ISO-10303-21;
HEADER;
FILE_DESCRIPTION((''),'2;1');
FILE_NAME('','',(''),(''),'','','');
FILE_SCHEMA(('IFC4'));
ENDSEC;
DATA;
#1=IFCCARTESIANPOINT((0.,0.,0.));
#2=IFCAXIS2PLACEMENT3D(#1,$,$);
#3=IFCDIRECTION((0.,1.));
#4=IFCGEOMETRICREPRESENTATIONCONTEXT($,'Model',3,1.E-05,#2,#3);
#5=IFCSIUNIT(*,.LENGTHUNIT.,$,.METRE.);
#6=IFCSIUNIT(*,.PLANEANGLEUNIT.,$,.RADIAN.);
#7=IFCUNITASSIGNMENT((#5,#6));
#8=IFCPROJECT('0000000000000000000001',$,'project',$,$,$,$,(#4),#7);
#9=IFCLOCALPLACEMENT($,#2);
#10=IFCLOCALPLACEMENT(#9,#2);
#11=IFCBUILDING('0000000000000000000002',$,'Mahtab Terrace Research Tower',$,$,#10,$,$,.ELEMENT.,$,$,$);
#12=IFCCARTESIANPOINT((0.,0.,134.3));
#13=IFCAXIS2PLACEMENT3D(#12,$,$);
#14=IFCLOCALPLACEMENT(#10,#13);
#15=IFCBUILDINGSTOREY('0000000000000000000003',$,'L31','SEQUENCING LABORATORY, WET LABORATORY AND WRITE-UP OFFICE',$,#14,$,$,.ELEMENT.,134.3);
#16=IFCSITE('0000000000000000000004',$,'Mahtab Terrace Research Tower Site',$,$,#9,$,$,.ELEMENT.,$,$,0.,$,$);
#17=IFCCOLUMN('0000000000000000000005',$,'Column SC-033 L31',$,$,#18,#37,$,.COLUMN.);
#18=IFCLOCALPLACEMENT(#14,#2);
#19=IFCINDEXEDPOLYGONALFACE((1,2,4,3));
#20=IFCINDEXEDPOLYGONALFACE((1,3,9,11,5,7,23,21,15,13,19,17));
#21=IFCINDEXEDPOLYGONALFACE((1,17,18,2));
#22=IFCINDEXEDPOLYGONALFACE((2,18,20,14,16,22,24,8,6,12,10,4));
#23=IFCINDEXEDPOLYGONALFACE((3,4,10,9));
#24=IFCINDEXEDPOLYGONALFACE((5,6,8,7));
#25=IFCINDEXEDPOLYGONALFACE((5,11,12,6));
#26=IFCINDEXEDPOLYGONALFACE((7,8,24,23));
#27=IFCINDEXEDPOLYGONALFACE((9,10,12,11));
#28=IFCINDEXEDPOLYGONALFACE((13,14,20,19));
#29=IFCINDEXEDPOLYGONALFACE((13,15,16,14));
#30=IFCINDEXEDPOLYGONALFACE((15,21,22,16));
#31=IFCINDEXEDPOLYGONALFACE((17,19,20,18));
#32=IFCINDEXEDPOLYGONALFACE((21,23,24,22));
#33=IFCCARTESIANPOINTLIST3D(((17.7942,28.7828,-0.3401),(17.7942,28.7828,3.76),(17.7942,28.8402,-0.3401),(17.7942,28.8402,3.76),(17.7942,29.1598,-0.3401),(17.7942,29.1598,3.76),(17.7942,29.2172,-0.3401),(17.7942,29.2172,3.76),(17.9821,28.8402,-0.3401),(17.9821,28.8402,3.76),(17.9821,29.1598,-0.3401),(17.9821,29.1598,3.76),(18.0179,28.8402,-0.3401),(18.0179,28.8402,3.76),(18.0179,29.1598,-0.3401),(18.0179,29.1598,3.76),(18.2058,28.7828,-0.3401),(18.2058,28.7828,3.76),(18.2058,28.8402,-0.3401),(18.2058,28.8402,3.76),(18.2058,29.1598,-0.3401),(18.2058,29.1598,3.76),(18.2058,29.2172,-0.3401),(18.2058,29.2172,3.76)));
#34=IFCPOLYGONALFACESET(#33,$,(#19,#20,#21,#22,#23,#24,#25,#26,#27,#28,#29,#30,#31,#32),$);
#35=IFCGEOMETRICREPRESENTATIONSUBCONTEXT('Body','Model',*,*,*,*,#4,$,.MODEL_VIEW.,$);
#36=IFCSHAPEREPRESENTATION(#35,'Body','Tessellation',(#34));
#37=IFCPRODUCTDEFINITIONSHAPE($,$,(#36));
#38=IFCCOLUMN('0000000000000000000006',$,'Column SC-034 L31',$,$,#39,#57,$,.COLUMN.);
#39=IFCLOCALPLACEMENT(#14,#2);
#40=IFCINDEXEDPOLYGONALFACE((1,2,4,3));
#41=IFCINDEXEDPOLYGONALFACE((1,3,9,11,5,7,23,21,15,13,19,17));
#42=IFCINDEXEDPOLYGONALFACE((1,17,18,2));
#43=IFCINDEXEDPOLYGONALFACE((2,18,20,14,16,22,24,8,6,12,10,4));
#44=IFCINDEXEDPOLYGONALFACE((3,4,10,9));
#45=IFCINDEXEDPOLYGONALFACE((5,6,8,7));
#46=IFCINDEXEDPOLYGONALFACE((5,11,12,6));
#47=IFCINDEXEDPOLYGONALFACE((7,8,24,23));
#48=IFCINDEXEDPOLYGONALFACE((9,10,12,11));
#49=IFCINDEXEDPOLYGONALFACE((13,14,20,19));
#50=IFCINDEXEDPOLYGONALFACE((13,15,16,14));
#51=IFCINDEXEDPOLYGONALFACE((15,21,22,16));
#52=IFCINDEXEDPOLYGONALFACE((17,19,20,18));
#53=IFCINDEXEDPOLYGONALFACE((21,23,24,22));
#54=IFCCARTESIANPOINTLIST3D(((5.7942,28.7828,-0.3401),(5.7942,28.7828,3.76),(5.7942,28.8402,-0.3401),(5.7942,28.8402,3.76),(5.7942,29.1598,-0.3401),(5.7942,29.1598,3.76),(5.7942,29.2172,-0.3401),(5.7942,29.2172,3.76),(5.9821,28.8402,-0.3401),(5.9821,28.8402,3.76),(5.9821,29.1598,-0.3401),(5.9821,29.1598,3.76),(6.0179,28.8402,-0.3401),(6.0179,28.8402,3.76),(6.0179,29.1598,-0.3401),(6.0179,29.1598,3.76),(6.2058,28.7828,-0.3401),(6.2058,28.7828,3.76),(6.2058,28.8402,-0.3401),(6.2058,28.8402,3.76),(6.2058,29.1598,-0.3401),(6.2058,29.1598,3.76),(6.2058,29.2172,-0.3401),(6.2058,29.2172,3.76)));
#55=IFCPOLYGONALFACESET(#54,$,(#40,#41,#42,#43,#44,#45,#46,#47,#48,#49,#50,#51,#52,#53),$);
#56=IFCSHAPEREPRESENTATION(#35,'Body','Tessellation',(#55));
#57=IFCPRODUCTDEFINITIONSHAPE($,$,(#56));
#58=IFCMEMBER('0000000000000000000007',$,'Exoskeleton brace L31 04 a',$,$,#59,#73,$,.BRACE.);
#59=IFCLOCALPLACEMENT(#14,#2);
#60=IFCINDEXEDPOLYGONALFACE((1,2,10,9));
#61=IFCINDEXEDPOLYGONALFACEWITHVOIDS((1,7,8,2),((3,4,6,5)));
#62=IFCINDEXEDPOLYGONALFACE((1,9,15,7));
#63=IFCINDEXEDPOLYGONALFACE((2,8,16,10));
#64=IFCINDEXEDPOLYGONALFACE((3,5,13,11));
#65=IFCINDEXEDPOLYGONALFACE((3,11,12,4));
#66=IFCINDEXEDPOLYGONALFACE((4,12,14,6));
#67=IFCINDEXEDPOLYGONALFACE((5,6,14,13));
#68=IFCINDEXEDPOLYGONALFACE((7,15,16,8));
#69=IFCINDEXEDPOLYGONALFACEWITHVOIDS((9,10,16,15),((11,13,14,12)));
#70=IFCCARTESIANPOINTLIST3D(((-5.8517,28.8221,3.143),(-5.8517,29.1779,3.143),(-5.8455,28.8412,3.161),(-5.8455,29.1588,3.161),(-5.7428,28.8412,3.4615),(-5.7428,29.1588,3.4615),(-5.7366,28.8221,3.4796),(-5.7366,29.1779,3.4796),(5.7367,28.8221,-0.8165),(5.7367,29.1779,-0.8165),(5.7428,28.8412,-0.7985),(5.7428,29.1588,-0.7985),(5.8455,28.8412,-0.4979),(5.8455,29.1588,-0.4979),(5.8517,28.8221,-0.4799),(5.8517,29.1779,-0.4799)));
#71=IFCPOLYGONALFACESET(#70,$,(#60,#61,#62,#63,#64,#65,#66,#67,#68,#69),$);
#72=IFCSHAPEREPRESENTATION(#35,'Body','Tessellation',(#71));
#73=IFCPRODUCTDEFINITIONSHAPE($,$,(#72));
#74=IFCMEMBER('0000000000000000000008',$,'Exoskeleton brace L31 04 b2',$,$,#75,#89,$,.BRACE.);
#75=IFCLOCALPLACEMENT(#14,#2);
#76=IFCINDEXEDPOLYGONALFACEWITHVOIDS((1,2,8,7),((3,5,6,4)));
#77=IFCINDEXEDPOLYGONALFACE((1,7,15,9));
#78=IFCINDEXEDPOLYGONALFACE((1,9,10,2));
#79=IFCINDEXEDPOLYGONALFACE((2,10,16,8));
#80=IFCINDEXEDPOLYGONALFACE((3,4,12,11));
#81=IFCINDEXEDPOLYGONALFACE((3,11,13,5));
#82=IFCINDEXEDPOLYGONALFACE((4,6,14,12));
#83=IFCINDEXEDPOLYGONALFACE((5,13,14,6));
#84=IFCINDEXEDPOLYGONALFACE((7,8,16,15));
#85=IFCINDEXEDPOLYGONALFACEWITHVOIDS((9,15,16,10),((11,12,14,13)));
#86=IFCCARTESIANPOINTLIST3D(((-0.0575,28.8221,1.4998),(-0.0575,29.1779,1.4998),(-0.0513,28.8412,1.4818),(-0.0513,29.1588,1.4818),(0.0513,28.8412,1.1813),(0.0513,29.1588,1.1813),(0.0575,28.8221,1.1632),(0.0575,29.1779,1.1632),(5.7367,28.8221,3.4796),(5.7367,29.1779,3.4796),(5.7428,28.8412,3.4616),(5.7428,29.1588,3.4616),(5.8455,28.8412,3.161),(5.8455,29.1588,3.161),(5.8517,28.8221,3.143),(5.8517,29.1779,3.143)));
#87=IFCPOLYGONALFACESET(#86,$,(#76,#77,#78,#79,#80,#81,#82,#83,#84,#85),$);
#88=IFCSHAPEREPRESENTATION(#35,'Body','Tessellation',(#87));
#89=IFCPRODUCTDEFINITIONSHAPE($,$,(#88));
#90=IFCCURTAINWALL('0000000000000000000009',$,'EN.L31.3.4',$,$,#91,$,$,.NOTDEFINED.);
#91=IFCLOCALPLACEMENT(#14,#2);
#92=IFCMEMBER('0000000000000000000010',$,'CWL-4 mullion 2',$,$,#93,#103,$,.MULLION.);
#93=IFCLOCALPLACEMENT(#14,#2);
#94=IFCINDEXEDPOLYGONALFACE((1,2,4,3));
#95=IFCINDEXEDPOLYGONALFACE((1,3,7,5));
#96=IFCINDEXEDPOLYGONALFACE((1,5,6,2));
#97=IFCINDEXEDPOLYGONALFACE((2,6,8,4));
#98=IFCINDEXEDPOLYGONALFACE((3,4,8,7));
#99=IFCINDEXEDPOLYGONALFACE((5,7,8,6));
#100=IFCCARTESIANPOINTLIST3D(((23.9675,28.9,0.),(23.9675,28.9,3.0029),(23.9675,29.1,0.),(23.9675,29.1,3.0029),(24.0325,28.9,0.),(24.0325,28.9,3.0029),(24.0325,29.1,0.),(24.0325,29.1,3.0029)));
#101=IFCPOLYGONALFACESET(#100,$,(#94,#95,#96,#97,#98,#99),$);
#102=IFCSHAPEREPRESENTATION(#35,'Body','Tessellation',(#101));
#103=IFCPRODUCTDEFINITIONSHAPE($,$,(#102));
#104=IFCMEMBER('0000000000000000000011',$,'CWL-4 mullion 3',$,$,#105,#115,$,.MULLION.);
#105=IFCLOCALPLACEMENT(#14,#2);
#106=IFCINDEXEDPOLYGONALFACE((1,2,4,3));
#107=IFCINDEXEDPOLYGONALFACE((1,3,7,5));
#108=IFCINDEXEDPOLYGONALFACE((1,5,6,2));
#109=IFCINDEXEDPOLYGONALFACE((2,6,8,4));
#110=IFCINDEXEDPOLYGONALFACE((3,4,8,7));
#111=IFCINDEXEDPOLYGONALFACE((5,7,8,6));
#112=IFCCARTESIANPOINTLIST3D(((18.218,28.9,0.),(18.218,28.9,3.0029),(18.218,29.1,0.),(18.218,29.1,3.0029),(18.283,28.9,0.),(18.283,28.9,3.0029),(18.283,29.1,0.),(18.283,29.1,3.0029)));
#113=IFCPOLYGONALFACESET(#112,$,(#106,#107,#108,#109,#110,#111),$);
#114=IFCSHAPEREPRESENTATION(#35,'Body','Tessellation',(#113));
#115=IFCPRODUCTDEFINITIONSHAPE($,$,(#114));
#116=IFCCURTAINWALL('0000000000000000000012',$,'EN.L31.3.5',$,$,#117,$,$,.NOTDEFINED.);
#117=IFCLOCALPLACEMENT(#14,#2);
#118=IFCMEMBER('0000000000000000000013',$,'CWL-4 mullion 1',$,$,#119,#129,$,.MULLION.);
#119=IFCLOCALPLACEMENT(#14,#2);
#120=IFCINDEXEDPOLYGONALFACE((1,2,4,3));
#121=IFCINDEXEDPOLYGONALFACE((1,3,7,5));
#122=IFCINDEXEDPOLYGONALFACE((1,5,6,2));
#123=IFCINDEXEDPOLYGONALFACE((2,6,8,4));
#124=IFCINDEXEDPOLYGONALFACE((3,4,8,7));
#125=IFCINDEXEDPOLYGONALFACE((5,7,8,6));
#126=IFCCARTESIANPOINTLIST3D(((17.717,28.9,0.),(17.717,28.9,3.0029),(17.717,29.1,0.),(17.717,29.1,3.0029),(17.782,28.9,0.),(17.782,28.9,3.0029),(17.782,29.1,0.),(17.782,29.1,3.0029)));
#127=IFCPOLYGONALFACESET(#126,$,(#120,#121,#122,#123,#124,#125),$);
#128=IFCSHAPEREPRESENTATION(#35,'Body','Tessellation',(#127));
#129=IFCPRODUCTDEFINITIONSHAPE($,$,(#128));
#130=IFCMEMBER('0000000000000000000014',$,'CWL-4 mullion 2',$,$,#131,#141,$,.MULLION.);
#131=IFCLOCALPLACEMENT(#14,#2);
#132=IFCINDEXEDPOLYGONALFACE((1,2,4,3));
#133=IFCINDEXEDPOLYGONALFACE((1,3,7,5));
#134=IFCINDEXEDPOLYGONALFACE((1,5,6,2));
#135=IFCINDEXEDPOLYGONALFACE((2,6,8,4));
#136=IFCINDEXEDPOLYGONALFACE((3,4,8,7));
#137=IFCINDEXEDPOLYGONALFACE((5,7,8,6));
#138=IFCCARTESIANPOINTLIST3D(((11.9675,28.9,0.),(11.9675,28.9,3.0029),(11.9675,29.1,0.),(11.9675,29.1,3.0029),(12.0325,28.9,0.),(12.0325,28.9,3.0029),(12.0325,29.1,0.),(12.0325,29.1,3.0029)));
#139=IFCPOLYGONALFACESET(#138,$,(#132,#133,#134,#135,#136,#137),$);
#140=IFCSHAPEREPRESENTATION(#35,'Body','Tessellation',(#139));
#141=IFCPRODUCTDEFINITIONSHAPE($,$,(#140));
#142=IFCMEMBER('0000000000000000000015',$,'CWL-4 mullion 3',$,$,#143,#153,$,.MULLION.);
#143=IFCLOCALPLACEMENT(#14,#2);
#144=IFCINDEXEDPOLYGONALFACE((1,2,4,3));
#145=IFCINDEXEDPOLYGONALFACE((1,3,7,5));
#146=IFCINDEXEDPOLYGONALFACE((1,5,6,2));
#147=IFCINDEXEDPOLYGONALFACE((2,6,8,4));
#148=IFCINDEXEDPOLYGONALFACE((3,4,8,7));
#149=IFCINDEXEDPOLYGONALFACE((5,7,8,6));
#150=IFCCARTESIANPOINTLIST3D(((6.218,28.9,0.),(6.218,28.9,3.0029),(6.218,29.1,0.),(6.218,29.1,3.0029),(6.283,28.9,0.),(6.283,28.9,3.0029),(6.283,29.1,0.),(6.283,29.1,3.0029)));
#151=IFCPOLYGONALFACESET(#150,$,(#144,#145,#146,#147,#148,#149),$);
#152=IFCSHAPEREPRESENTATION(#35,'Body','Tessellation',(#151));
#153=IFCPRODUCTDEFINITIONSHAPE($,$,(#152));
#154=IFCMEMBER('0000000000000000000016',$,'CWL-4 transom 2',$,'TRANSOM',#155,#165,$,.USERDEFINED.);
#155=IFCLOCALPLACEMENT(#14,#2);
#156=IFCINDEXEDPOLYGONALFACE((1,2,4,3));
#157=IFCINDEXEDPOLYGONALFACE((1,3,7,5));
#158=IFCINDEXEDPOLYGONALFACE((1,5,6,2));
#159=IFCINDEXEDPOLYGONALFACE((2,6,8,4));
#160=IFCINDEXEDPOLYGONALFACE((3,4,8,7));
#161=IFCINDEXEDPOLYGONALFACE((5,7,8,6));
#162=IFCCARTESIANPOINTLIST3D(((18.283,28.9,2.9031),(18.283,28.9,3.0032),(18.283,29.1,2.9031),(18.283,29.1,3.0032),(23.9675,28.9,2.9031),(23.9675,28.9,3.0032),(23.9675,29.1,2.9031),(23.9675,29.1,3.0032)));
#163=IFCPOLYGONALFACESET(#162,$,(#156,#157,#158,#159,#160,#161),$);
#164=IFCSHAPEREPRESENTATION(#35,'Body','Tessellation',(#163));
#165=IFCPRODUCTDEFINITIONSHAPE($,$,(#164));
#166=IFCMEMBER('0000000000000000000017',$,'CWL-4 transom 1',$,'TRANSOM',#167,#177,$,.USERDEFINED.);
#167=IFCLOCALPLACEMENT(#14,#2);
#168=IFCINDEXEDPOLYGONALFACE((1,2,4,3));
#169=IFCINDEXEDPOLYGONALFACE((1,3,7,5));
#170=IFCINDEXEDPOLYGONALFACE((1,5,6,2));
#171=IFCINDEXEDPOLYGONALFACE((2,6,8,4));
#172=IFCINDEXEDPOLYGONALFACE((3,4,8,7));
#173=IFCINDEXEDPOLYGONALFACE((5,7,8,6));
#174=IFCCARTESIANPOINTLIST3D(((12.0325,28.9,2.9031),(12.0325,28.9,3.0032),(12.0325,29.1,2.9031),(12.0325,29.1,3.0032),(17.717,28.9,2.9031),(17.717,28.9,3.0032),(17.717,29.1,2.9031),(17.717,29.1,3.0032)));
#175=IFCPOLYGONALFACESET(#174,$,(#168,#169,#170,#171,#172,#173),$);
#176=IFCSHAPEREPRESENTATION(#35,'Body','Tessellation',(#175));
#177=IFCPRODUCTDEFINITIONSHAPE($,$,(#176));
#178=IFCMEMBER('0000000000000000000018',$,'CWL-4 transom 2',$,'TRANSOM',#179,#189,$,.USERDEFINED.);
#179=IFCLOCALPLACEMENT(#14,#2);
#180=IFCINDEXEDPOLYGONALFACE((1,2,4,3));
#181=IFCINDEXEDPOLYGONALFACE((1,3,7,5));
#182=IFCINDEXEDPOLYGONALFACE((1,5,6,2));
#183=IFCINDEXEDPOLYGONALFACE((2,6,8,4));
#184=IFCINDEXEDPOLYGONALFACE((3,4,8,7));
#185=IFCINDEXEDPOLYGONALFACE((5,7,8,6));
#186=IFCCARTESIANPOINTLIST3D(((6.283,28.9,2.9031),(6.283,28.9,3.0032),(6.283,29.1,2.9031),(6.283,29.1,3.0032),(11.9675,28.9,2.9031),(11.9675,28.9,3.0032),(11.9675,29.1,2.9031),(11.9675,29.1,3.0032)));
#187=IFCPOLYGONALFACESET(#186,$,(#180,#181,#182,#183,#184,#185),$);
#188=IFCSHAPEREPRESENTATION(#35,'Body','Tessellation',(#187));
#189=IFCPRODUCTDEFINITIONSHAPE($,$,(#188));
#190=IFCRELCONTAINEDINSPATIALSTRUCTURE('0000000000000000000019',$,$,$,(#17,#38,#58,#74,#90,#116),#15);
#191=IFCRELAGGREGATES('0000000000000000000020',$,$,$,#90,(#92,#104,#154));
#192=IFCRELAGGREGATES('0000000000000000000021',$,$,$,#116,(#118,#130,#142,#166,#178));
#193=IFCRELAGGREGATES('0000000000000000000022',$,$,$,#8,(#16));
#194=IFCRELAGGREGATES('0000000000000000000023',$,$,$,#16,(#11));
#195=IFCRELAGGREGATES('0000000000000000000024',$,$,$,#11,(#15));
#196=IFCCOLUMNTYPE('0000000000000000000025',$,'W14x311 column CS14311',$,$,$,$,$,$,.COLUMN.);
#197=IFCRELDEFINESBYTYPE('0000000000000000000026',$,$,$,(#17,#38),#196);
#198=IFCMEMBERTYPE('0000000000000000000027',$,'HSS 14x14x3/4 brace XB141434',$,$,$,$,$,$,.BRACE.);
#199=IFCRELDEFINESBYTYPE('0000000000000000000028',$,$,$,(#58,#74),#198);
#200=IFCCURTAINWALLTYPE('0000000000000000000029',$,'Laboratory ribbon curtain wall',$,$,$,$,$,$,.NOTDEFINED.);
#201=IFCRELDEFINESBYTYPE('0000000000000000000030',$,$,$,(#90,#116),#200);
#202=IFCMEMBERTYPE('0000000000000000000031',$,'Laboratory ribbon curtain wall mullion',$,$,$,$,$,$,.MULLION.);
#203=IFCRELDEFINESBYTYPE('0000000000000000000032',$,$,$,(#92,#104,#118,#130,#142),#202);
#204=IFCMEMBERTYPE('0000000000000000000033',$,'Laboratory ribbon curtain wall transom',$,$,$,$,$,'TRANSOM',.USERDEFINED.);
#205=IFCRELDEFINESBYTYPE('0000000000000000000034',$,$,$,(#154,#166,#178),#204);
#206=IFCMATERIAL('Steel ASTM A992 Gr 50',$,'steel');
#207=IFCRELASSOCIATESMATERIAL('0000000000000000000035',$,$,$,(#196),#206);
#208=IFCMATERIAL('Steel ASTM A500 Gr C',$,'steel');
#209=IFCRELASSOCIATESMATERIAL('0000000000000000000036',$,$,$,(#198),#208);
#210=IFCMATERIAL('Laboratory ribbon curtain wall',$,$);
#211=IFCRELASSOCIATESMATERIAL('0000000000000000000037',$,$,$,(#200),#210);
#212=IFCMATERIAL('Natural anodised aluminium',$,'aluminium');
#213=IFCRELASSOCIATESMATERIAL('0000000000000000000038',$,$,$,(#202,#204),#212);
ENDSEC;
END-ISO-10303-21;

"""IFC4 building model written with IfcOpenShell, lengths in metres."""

from ifc_helpers import new_model, si_unit, direction, frame, origin, origin_2d, place, context, subcontext, project, spatial, rectangle, hollow_rectangle, i_section, extrude, material, material_profile, profile_set, type_object, element, aggregate, save


model = new_model("IFC4")

# Units and contexts
model_context = context("Model", 3, precision=1e-05, world=origin(), true_north=direction((0.0, 1.0)))
body_context = subcontext(model_context, "Body", "Model", "MODEL_VIEW")
ifc_project = project(units=[si_unit("LENGTHUNIT", "METRE"), si_unit("PLANEANGLEUNIT", "RADIAN")], contexts=[model_context])

# Site, building, storey
site_placement = place(None, origin())
site = spatial("IfcSite", under=ifc_project, at=site_placement, Name="Mahtab Terrace Research Tower Site", CompositionType="ELEMENT", RefElevation=0.0)
building_placement = place(site_placement, origin())
building = spatial("IfcBuilding", under=site, at=building_placement, Name="Mahtab Terrace Research Tower", CompositionType="ELEMENT")
storey_placement = place(building_placement, frame((0.0, 0.0, 134.3)))
storey = spatial("IfcBuildingStorey", under=building, at=storey_placement, Name="L31", Description="SEQUENCING LABORATORY, WET LABORATORY AND WRITE-UP OFFICE", CompositionType="ELEMENT", Elevation=134.3)

# Columns
ifc_material_1 = material(Name="Steel ASTM A992 Gr 50", Category="steel")
ifc_material_profile_1 = material_profile(ifc_material_1, i_section(OverallWidth=0.4116, OverallDepth=0.4343, WebThickness=0.0359, FlangeThickness=0.0574, at=origin_2d()), Name="W14X311")
ifc_profile_set_1 = profile_set([ifc_material_profile_1], Name="Steel ASTM A992 Gr 50")
column_type = type_object("IfcColumnType", Name="W14x311 column CS14311", PredefinedType="COLUMN", material=ifc_profile_set_1)
for number, where, z_axis, x_axis, name in (
    (1, (18.0, 29.0, -0.3401), (0.0, 0.0, 1.0), (1.0, 0.0, 0.0), "Column SC-033 L31"),
    (2, (6.0, 29.0, -0.3401), (0.0, 0.0, 1.0), (1.0, 0.0, 0.0), "Column SC-034 L31"),
):
    element("IfcColumn", number, at=place(storey_placement, frame(where, z_axis=z_axis, x_axis=x_axis)), inside=storey, type_object=column_type, Name=name, PredefinedType="COLUMN", context=body_context, shape_type="SweptSolid", body=[
        extrude(i_section(OverallWidth=0.4116, OverallDepth=0.4343, WebThickness=0.0359, FlangeThickness=0.0574, at=origin_2d()), origin(), (0.0, 0.0, 1.0), 4.1001),
    ])

# Members
ifc_material_2 = material(Name="Steel ASTM A500 Gr C", Category="steel")
ifc_material_profile_2 = material_profile(ifc_material_2, hollow_rectangle(XDim=0.3557, YDim=0.3557, WallThickness=0.019, at=origin_2d()), Name="HSS14X14X3/4")
ifc_profile_set_2 = profile_set([ifc_material_profile_2], Name="Steel ASTM A500 Gr C")
member_type_1 = type_object("IfcMemberType", Name="HSS 14x14x3/4 brace XB141434", PredefinedType="BRACE", material=ifc_profile_set_2)
member_1_placement = place(storey_placement, frame((5.7942, 29.0, -0.6482), z_axis=(-0.946288, 0.0, 0.323324), x_axis=(0.0, -1.0, 0.0)))
element("IfcMember", 3, at=member_1_placement, inside=storey, type_object=member_type_1, Name="Exoskeleton brace L31 04 a", PredefinedType="BRACE", context=body_context, shape_type="SweptSolid", body=[
    extrude(hollow_rectangle(XDim=0.3557, YDim=0.3557, WallThickness=0.019, at=origin_2d()), origin(), (0.0, 0.0, 1.0), 12.2461),
])
member_2_placement = place(storey_placement, frame((0.0, 29.0, 1.3315), z_axis=(0.946288, 0.0, 0.323324), x_axis=(0.0, 1.0, 0.0)))
element("IfcMember", 4, at=member_2_placement, inside=storey, type_object=member_type_1, Name="Exoskeleton brace L31 04 b2", PredefinedType="BRACE", context=body_context, shape_type="SweptSolid", body=[
    extrude(hollow_rectangle(XDim=0.3557, YDim=0.3557, WallThickness=0.019, at=origin_2d()), origin(), (0.0, 0.0, 1.0), 6.123),
])

# Curtain walls, members
ifc_material_3 = material(Name="Laboratory ribbon curtain wall")
curtain_wall_type = type_object("IfcCurtainWallType", Name="Laboratory ribbon curtain wall", PredefinedType="NOTDEFINED", material=ifc_material_3)
curtain_wall_1_placement = place(storey_placement, origin())
curtain_wall_1 = element("IfcCurtainWall", 5, at=curtain_wall_1_placement, inside=storey, type_object=curtain_wall_type, Name="EN.L31.3.4", PredefinedType="NOTDEFINED")
ifc_material_4 = material(Name="Natural anodised aluminium", Category="aluminium")
ifc_material_profile_3 = material_profile(ifc_material_4, rectangle(XDim=0.2, YDim=0.0649, at=origin_2d()), Name="MULLION 65x200")
ifc_profile_set_3 = profile_set([ifc_material_profile_3], Name="Natural anodised aluminium")
member_type_2 = type_object("IfcMemberType", Name="Laboratory ribbon curtain wall mullion", PredefinedType="MULLION", material=ifc_profile_set_3)
member_3_placement = place(storey_placement, frame((24.0, 29.0, 0.0), z_axis=(0.0, 0.0, 1.0), x_axis=(0.0, -1.0, 0.0)))
member_3 = element("IfcMember", 6, at=member_3_placement, type_object=member_type_2, Name="CWL-4 mullion 2", PredefinedType="MULLION", context=body_context, shape_type="SweptSolid", body=[
    extrude(rectangle(XDim=0.2, YDim=0.0649, at=origin_2d()), origin(), (0.0, 0.0, 1.0), 3.0029),
])
member_4_placement = place(storey_placement, frame((18.2505, 29.0, 0.0), z_axis=(0.0, 0.0, 1.0), x_axis=(0.0, -1.0, 0.0)))
member_4 = element("IfcMember", 7, at=member_4_placement, type_object=member_type_2, Name="CWL-4 mullion 3", PredefinedType="MULLION", context=body_context, shape_type="SweptSolid", body=[
    extrude(rectangle(XDim=0.2, YDim=0.0649, at=origin_2d()), origin(), (0.0, 0.0, 1.0), 3.0029),
])
curtain_wall_2_placement = place(storey_placement, origin())
curtain_wall_2 = element("IfcCurtainWall", 8, at=curtain_wall_2_placement, inside=storey, type_object=curtain_wall_type, Name="EN.L31.3.5", PredefinedType="NOTDEFINED")
member_5_placement = place(storey_placement, frame((17.7495, 29.0, 0.0), z_axis=(0.0, 0.0, 1.0), x_axis=(0.0, -1.0, 0.0)))
member_5 = element("IfcMember", 9, at=member_5_placement, type_object=member_type_2, Name="CWL-4 mullion 1", PredefinedType="MULLION", context=body_context, shape_type="SweptSolid", body=[
    extrude(rectangle(XDim=0.2, YDim=0.0649, at=origin_2d()), origin(), (0.0, 0.0, 1.0), 3.0029),
])
member_6_placement = place(storey_placement, frame((12.0, 29.0, 0.0), z_axis=(0.0, 0.0, 1.0), x_axis=(0.0, -1.0, 0.0)))
member_6 = element("IfcMember", 10, at=member_6_placement, type_object=member_type_2, Name="CWL-4 mullion 2", PredefinedType="MULLION", context=body_context, shape_type="SweptSolid", body=[
    extrude(rectangle(XDim=0.2, YDim=0.0649, at=origin_2d()), origin(), (0.0, 0.0, 1.0), 3.0029),
])
member_7_placement = place(storey_placement, frame((6.2505, 29.0, 0.0), z_axis=(0.0, 0.0, 1.0), x_axis=(0.0, -1.0, 0.0)))
member_7 = element("IfcMember", 11, at=member_7_placement, type_object=member_type_2, Name="CWL-4 mullion 3", PredefinedType="MULLION", context=body_context, shape_type="SweptSolid", body=[
    extrude(rectangle(XDim=0.2, YDim=0.0649, at=origin_2d()), origin(), (0.0, 0.0, 1.0), 3.0029),
])

# Members
ifc_material_profile_4 = material_profile(ifc_material_4, rectangle(XDim=0.2, YDim=0.1001, at=origin_2d()), Name="TRANSOM 100x200")
ifc_profile_set_4 = profile_set([ifc_material_profile_4], Name="Natural anodised aluminium")
member_type_3 = type_object("IfcMemberType", Name="Laboratory ribbon curtain wall transom", ElementType="TRANSOM", PredefinedType="USERDEFINED", material=ifc_profile_set_4)
member_8_placement = place(storey_placement, frame((23.9675, 29.0, 2.9531), z_axis=(-1.0, 0.0, 0.0), x_axis=(0.0, -1.0, 0.0)))
member_8 = element("IfcMember", 12, at=member_8_placement, type_object=member_type_3, Name="CWL-4 transom 2", ObjectType="TRANSOM", PredefinedType="USERDEFINED", context=body_context, shape_type="SweptSolid", body=[
    extrude(rectangle(XDim=0.2, YDim=0.1001, at=origin_2d()), origin(), (0.0, 0.0, 1.0), 5.6846),
])
member_9_placement = place(storey_placement, frame((17.717, 29.0, 2.9531), z_axis=(-1.0, 0.0, 0.0), x_axis=(0.0, -1.0, 0.0)))
member_9 = element("IfcMember", 13, at=member_9_placement, type_object=member_type_3, Name="CWL-4 transom 1", ObjectType="TRANSOM", PredefinedType="USERDEFINED", context=body_context, shape_type="SweptSolid", body=[
    extrude(rectangle(XDim=0.2, YDim=0.1001, at=origin_2d()), origin(), (0.0, 0.0, 1.0), 5.6846),
])
member_10_placement = place(storey_placement, frame((11.9675, 29.0, 2.9531), z_axis=(-1.0, 0.0, 0.0), x_axis=(0.0, -1.0, 0.0)))
member_10 = element("IfcMember", 14, at=member_10_placement, type_object=member_type_3, Name="CWL-4 transom 2", ObjectType="TRANSOM", PredefinedType="USERDEFINED", context=body_context, shape_type="SweptSolid", body=[
    extrude(rectangle(XDim=0.2, YDim=0.1001, at=origin_2d()), origin(), (0.0, 0.0, 1.0), 5.6846),
])

aggregate(curtain_wall_1, [member_3, member_4, member_8])
aggregate(curtain_wall_2, [member_5, member_6, member_7, member_9, member_10])

save(model, "model.ifc")
